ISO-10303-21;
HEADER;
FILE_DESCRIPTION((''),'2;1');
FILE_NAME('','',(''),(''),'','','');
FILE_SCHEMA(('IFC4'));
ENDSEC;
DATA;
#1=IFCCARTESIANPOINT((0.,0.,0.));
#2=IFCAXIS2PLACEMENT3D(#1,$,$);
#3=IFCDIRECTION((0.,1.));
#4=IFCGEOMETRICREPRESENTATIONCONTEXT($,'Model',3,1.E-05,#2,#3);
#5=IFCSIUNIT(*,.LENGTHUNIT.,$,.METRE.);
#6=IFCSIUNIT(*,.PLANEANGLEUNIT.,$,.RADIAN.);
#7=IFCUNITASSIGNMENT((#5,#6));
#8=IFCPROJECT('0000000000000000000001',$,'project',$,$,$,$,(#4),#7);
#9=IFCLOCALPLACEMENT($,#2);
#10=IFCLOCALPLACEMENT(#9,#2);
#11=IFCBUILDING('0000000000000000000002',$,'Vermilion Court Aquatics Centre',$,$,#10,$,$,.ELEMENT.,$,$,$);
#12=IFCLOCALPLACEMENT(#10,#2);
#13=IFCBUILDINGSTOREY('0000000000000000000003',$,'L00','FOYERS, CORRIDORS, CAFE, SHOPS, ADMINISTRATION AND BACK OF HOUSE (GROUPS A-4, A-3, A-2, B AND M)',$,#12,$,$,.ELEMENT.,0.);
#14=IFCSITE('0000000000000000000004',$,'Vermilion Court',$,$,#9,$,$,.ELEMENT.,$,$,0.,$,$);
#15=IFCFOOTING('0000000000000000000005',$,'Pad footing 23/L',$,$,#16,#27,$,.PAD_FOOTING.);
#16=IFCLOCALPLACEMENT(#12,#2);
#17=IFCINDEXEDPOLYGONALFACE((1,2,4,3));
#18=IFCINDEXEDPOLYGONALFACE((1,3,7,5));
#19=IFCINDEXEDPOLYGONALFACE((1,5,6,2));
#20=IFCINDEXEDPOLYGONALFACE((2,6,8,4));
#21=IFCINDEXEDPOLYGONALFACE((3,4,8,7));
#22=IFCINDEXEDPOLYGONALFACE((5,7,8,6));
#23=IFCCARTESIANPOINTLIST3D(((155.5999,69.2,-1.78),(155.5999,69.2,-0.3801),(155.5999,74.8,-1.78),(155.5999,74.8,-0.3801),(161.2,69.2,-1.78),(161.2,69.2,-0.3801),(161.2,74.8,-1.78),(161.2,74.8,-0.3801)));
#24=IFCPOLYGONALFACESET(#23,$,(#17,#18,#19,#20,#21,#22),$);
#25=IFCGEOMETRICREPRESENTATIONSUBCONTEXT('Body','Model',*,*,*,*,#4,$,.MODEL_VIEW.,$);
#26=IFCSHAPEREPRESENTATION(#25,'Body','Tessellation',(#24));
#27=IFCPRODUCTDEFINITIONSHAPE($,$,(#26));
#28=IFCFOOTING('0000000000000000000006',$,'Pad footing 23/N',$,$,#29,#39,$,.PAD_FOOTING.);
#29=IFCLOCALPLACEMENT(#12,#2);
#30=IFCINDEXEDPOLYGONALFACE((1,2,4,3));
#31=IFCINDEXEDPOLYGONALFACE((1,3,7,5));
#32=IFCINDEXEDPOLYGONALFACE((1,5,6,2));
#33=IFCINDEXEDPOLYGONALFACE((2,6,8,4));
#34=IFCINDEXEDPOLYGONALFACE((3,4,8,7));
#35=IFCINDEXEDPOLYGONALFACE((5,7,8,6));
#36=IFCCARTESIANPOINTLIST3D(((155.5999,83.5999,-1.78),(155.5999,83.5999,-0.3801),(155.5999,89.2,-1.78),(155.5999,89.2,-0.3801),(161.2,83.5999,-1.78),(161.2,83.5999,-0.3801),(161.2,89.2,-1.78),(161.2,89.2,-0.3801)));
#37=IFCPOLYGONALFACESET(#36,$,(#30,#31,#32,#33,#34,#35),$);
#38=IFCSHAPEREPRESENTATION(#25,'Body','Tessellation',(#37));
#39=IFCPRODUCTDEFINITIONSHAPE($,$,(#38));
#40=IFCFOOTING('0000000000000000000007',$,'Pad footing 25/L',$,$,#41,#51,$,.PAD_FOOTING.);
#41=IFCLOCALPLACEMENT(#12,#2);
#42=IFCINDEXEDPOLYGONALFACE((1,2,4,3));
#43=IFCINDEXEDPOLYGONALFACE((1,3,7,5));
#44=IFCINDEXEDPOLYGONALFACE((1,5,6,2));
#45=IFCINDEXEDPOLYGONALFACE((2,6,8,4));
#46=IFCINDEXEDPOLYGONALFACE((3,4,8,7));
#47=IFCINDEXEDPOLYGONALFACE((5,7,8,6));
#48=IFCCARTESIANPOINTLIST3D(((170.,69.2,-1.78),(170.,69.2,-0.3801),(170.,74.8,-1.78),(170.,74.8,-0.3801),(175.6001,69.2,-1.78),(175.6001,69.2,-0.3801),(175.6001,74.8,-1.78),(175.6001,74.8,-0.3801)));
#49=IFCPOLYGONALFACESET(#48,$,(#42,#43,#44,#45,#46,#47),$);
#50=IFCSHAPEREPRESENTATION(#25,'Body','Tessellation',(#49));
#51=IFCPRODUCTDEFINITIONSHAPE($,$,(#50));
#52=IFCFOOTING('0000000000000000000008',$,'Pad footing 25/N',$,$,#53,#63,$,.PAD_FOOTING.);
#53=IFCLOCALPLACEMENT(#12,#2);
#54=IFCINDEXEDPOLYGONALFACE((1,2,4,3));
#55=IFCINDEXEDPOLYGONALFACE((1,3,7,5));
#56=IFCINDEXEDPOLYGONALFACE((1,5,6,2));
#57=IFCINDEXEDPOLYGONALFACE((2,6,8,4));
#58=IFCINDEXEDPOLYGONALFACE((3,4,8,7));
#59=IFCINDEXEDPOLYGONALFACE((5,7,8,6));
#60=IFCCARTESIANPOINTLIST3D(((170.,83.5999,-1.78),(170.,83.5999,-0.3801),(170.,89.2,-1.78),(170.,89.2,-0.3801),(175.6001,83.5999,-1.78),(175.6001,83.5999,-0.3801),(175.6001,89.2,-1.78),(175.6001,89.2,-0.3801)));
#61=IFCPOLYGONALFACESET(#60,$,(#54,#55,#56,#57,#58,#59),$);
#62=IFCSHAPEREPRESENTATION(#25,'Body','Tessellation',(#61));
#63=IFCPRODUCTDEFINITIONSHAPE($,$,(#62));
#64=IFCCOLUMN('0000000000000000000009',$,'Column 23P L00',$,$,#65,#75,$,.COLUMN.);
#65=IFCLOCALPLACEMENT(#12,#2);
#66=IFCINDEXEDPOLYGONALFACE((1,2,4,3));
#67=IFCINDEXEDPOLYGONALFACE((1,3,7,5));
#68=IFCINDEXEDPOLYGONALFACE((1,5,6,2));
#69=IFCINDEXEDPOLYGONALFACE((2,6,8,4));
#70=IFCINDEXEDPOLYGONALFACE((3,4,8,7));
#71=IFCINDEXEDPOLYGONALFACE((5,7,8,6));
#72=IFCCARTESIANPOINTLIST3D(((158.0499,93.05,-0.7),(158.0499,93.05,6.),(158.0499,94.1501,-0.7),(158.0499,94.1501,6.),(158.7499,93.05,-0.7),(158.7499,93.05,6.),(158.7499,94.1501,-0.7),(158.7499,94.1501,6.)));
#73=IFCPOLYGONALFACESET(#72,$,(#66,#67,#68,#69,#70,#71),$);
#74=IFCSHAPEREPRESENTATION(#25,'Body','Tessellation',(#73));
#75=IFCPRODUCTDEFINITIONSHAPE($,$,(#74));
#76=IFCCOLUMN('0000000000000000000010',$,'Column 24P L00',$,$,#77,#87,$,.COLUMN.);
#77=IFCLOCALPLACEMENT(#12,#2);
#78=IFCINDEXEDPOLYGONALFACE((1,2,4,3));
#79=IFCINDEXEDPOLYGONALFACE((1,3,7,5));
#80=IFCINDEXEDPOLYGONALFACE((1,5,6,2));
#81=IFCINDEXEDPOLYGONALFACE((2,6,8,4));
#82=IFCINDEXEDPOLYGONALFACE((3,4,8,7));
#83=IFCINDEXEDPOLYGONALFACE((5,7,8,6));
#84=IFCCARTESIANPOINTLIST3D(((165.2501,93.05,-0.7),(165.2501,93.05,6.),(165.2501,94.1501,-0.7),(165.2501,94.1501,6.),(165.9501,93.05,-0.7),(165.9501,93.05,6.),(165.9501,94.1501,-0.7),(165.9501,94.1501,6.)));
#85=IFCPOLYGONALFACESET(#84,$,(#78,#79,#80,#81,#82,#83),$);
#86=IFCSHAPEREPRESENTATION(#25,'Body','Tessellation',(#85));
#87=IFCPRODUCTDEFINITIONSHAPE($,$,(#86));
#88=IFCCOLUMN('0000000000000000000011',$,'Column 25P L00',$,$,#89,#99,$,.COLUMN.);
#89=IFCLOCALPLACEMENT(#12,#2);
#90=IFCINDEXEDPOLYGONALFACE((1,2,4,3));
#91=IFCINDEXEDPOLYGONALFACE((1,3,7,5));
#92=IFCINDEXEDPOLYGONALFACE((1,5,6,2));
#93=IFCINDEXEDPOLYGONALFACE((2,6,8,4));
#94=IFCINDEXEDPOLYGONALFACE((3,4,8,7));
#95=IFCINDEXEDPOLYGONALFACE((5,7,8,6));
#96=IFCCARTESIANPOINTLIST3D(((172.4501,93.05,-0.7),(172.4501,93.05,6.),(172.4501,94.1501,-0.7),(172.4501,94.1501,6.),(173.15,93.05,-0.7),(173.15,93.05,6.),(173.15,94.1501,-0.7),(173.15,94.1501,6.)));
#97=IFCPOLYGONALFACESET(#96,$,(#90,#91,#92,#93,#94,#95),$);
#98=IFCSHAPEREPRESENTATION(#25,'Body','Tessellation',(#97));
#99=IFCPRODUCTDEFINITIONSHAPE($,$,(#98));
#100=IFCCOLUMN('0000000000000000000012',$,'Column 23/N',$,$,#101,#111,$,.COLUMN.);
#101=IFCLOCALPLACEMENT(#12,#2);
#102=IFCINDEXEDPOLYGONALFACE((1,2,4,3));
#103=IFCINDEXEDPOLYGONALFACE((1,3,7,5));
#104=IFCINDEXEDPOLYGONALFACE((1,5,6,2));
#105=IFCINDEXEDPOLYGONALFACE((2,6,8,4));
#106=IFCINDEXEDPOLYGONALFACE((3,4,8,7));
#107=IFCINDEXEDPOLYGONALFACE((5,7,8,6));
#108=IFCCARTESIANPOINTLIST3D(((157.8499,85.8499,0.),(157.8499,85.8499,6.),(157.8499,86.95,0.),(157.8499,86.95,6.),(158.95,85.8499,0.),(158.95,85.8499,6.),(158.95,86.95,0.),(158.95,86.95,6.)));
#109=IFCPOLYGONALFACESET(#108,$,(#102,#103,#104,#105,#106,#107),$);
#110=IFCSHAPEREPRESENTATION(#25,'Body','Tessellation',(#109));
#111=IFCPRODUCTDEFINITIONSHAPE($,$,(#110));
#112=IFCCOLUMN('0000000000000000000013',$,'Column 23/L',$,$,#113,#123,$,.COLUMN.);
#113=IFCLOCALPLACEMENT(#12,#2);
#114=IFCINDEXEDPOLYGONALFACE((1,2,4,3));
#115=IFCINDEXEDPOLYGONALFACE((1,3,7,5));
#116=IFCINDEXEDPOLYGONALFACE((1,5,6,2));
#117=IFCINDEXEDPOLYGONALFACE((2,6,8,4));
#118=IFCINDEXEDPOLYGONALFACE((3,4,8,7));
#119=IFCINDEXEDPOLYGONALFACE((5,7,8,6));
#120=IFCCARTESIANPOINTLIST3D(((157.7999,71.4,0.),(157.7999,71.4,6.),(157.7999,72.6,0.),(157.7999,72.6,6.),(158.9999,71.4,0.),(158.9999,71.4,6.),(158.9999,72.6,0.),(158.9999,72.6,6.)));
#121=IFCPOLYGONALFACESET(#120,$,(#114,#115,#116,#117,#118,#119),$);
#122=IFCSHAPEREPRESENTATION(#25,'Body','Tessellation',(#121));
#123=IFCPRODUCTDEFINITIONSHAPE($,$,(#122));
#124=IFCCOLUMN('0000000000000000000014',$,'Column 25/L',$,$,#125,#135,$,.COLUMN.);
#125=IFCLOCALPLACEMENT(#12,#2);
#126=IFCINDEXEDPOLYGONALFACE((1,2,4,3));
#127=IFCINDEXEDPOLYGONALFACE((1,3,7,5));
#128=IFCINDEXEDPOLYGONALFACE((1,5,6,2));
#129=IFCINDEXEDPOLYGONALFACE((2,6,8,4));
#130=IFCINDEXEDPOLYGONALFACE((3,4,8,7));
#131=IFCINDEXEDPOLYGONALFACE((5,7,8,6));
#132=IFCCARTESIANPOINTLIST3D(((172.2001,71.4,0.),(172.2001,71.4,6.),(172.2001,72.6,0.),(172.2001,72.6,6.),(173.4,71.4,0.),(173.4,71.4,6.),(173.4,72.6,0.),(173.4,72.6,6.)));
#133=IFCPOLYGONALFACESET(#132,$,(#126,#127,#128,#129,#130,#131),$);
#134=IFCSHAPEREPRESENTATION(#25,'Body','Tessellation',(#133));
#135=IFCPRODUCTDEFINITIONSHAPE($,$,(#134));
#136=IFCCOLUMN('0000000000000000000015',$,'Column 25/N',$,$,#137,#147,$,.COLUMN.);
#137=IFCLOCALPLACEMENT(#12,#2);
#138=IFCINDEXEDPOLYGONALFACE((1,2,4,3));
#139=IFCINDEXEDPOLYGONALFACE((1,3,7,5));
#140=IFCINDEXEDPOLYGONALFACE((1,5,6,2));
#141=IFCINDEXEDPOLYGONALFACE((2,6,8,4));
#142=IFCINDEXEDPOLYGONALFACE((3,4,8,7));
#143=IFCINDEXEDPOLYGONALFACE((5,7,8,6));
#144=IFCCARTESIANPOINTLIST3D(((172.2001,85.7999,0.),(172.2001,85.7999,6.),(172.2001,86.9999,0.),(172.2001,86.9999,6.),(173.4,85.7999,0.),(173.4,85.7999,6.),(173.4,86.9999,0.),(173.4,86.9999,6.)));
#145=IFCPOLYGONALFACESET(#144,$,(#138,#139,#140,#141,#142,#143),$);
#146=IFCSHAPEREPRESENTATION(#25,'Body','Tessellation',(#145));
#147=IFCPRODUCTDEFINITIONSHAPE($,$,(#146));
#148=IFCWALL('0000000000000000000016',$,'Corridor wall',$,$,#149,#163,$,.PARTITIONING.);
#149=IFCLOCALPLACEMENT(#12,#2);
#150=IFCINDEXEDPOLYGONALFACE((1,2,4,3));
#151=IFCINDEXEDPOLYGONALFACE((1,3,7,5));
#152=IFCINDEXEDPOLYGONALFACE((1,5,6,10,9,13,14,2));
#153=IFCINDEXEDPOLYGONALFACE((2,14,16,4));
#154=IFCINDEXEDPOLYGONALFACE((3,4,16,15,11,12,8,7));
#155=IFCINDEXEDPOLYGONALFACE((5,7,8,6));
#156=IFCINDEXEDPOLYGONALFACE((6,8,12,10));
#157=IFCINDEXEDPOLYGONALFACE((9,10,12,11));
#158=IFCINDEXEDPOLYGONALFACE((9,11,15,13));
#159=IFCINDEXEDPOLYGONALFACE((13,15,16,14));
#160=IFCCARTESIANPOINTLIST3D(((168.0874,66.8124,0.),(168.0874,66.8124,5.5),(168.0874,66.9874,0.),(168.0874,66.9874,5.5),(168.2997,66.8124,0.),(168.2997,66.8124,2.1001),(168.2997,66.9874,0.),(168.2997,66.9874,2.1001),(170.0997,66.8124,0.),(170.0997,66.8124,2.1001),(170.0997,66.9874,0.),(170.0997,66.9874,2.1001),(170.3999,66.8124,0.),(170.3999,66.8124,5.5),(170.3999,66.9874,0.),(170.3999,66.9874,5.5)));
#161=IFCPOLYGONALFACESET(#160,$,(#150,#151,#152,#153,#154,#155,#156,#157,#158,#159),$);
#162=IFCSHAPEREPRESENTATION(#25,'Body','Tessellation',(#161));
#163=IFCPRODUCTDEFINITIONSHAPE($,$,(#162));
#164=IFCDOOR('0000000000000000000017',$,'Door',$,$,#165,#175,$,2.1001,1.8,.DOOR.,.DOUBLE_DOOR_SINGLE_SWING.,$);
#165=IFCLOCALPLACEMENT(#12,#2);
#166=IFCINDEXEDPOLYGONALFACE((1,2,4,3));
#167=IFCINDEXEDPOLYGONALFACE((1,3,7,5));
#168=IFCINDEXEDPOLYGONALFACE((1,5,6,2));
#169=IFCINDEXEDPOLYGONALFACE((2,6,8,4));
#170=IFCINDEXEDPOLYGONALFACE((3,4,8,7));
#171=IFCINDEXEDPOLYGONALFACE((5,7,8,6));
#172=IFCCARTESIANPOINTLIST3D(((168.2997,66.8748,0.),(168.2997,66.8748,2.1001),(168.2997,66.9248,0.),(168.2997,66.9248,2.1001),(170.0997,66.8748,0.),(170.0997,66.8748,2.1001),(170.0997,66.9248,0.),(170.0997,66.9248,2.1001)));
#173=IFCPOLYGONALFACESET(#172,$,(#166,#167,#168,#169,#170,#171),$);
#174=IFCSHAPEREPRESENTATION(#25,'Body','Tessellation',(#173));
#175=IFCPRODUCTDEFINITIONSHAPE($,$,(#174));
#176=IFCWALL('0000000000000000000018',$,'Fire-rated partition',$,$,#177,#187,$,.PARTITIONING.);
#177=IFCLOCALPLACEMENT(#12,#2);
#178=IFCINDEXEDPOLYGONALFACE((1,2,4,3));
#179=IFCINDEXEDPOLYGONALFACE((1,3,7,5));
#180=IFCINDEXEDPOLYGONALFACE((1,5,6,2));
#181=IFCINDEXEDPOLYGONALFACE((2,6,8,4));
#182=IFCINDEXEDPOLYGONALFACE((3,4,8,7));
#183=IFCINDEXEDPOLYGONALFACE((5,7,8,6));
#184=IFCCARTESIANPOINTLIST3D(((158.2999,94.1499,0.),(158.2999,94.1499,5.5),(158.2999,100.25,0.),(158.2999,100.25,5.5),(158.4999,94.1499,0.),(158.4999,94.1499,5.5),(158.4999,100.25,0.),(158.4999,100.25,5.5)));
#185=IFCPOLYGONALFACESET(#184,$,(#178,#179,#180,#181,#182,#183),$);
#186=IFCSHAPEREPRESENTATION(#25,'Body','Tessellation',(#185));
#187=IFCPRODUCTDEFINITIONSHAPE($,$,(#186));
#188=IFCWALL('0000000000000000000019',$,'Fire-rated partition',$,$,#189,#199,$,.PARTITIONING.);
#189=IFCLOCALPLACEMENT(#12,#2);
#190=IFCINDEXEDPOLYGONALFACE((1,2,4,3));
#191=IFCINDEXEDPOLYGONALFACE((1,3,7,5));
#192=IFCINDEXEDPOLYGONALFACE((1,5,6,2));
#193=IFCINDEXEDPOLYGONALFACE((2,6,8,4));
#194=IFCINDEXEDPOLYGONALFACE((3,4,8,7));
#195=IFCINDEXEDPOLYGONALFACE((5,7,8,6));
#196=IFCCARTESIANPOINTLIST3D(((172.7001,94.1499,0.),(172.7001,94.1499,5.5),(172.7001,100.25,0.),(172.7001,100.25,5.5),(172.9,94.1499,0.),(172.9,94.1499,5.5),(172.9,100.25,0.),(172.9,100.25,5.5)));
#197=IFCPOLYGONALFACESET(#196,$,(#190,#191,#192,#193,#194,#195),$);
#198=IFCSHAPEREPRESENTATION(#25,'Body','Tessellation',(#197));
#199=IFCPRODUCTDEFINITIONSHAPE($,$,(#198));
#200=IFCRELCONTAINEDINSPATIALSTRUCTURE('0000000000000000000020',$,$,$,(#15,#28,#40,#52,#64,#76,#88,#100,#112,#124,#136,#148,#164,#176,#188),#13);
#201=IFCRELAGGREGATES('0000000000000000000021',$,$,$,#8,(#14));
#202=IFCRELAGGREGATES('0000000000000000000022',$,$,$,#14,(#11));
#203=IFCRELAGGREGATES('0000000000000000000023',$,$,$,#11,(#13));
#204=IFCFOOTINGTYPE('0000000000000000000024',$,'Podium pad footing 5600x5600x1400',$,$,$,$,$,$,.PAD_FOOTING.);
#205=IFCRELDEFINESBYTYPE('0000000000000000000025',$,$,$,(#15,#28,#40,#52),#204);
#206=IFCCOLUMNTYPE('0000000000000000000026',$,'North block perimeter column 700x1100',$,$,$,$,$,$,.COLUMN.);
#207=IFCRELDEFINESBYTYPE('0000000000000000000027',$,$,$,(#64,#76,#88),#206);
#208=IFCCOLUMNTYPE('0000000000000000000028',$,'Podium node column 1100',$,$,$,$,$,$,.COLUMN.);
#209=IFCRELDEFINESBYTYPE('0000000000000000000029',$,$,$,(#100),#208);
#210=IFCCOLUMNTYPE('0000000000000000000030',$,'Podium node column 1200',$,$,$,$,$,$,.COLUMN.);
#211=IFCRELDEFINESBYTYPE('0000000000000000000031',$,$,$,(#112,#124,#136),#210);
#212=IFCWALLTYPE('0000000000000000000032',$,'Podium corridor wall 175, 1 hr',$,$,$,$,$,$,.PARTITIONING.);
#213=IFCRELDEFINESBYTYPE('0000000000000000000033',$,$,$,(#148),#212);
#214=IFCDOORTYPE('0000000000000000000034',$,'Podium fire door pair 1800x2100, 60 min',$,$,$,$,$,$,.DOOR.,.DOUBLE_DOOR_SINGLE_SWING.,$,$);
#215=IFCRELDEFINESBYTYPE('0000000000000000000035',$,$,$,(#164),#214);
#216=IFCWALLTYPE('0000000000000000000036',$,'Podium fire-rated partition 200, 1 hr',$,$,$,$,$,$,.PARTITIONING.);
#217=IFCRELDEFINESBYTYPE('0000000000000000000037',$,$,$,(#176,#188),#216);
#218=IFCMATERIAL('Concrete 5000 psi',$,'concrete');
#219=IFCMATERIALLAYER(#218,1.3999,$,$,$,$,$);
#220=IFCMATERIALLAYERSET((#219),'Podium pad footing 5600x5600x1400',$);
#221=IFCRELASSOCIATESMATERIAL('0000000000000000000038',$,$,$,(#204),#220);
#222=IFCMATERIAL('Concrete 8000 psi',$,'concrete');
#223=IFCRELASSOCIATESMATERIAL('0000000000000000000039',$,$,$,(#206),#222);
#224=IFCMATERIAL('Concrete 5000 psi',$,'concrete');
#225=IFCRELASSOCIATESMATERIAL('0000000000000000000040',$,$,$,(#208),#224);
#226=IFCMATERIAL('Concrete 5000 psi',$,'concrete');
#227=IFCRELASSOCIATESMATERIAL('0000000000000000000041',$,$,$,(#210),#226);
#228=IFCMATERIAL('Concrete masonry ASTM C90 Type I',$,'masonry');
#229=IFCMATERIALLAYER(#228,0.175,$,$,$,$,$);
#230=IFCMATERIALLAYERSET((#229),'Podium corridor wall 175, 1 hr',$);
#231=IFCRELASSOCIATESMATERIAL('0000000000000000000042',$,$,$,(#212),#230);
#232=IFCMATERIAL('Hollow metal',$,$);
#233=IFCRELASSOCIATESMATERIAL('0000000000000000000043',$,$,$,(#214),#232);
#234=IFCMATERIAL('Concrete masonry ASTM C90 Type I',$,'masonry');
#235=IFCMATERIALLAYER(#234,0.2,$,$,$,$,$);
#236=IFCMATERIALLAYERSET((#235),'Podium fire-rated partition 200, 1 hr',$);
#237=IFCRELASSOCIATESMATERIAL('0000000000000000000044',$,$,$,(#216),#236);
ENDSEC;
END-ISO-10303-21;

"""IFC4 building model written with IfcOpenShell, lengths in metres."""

from ifc_helpers import new_model, si_unit, direction, frame, frame_2d, origin, origin_2d, place, context, subcontext, project, spatial, rectangle, extrude, material, layer, layer_set, material_profile, profile_set, type_object, element, fill, save


model = new_model("IFC4")

# Units and contexts
model_context = context("Model", 3, precision=1e-05, world=origin(), true_north=direction((0.0, 1.0)))
body_context = subcontext(model_context, "Body", "Model", "MODEL_VIEW")
ifc_project = project(units=[si_unit("LENGTHUNIT", "METRE"), si_unit("PLANEANGLEUNIT", "RADIAN")], contexts=[model_context])

# Site, building, storey
site_placement = place(None, origin())
site = spatial("IfcSite", under=ifc_project, at=site_placement, Name="Vermilion Court", CompositionType="ELEMENT", RefElevation=0.0)
building_placement = place(site_placement, origin())
building = spatial("IfcBuilding", under=site, at=building_placement, Name="Vermilion Court Aquatics Centre", CompositionType="ELEMENT")
storey_placement = place(building_placement, origin())
storey = spatial("IfcBuildingStorey", under=building, at=storey_placement, Name="L00", Description="FOYERS, CORRIDORS, CAFE, SHOPS, ADMINISTRATION AND BACK OF HOUSE (GROUPS A-4, A-3, A-2, B AND M)", CompositionType="ELEMENT", Elevation=0.0)

# Footings
ifc_material_1 = material(Name="Concrete 5000 psi", Category="concrete")
ifc_layer_1 = layer(ifc_material_1, 1.3999)
ifc_layer_set_1 = layer_set([ifc_layer_1], Name="Podium pad footing 5600x5600x1400")
footing_type = type_object("IfcFootingType", Name="Podium pad footing 5600x5600x1400", PredefinedType="PAD_FOOTING", material=ifc_layer_set_1)
for number, where, z_axis, x_axis, name in (
    (1, (158.3999, 72.0, -1.78), (0.0, 0.0, 1.0), (1.0, 0.0, 0.0), "Pad footing 23/L"),
    (2, (158.3999, 86.3999, -1.78), (0.0, 0.0, 1.0), (1.0, 0.0, 0.0), "Pad footing 23/N"),
    (3, (172.8, 72.0, -1.78), (0.0, 0.0, 1.0), (1.0, 0.0, 0.0), "Pad footing 25/L"),
    (4, (172.8, 86.3999, -1.78), (0.0, 0.0, 1.0), (1.0, 0.0, 0.0), "Pad footing 25/N"),
):
    element("IfcFooting", number, at=place(storey_placement, frame(where, z_axis=z_axis, x_axis=x_axis)), inside=storey, type_object=footing_type, Name=name, PredefinedType="PAD_FOOTING", context=body_context, shape_type="SweptSolid", body=[
        extrude(rectangle(XDim=5.6001, YDim=5.6001, at=origin_2d()), origin(), (0.0, 0.0, 1.0), 1.3999),
    ])

# Columns
ifc_material_2 = material(Name="Concrete 8000 psi", Category="concrete")
ifc_material_profile_1 = material_profile(ifc_material_2, rectangle(XDim=0.7, YDim=1.1001, at=origin_2d()), Name="RC 700x1100")
ifc_profile_set_1 = profile_set([ifc_material_profile_1], Name="Concrete 8000 psi")
column_type_1 = type_object("IfcColumnType", Name="North block perimeter column 700x1100", PredefinedType="COLUMN", material=ifc_profile_set_1)
for number, where, z_axis, x_axis, name in (
    (5, (158.3999, 93.6001, -0.7), (0.0, 0.0, 1.0), (1.0, 0.0, 0.0), "Column 23P L00"),
    (6, (165.6001, 93.6001, -0.7), (0.0, 0.0, 1.0), (1.0, 0.0, 0.0), "Column 24P L00"),
    (7, (172.8, 93.6001, -0.7), (0.0, 0.0, 1.0), (1.0, 0.0, 0.0), "Column 25P L00"),
):
    element("IfcColumn", number, at=place(storey_placement, frame(where, z_axis=z_axis, x_axis=x_axis)), inside=storey, type_object=column_type_1, Name=name, PredefinedType="COLUMN", context=body_context, shape_type="SweptSolid", body=[
        extrude(rectangle(XDim=0.7, YDim=1.1001, at=origin_2d()), origin(), (0.0, 0.0, 1.0), 6.7),
    ])
ifc_material_3 = material(Name="Concrete 5000 psi", Category="concrete")
ifc_material_profile_2 = material_profile(ifc_material_3, rectangle(XDim=1.1001, YDim=1.1001, at=origin_2d()), Name="RC 1100x1100")
ifc_profile_set_2 = profile_set([ifc_material_profile_2], Name="Concrete 5000 psi")
column_type_2 = type_object("IfcColumnType", Name="Podium node column 1100", PredefinedType="COLUMN", material=ifc_profile_set_2)
column_placement = place(storey_placement, frame((158.3999, 86.3999, 0.0), z_axis=(0.0, 0.0, 1.0), x_axis=(1.0, 0.0, 0.0)))
element("IfcColumn", 8, at=column_placement, inside=storey, type_object=column_type_2, Name="Column 23/N", PredefinedType="COLUMN", context=body_context, shape_type="SweptSolid", body=[
    extrude(rectangle(XDim=1.1001, YDim=1.1001, at=origin_2d()), origin(), (0.0, 0.0, 1.0), 6.0),
])
ifc_material_4 = material(Name="Concrete 5000 psi", Category="concrete")
ifc_material_profile_3 = material_profile(ifc_material_4, rectangle(XDim=1.2, YDim=1.2, at=origin_2d()), Name="RC 1200x1200")
ifc_profile_set_3 = profile_set([ifc_material_profile_3], Name="Concrete 5000 psi")
column_type_3 = type_object("IfcColumnType", Name="Podium node column 1200", PredefinedType="COLUMN", material=ifc_profile_set_3)
for number, where, z_axis, x_axis, name in (
    (9, (158.3999, 72.0, 0.0), (0.0, 0.0, 1.0), (1.0, 0.0, 0.0), "Column 23/L"),
    (10, (172.8, 72.0, 0.0), (0.0, 0.0, 1.0), (1.0, 0.0, 0.0), "Column 25/L"),
    (11, (172.8, 86.3999, 0.0), (0.0, 0.0, 1.0), (1.0, 0.0, 0.0), "Column 25/N"),
):
    element("IfcColumn", number, at=place(storey_placement, frame(where, z_axis=z_axis, x_axis=x_axis)), inside=storey, type_object=column_type_3, Name=name, PredefinedType="COLUMN", context=body_context, shape_type="SweptSolid", body=[
        extrude(rectangle(XDim=1.2, YDim=1.2, at=origin_2d()), origin(), (0.0, 0.0, 1.0), 6.0),
    ])

# Wall, opening, door
ifc_material_5 = material(Name="Concrete masonry ASTM C90 Type I", Category="masonry")
ifc_layer_2 = layer(ifc_material_5, 0.175)
ifc_layer_set_2 = layer_set([ifc_layer_2], Name="Podium corridor wall 175, 1 hr")
wall_type_1 = type_object("IfcWallType", Name="Podium corridor wall 175, 1 hr", PredefinedType="PARTITIONING", material=ifc_layer_set_2)
wall_1_placement = place(storey_placement, frame((168.0874, 66.8999, 0.0), z_axis=(0.0, 0.0, 1.0), x_axis=(1.0, 0.0, 0.0)))
wall_1 = element("IfcWall", 12, at=wall_1_placement, inside=storey, type_object=wall_type_1, Name="Corridor wall", PredefinedType="PARTITIONING", context=body_context, shape_type="SweptSolid", body=[
    extrude(rectangle(XDim=2.3125, YDim=0.175, at=frame_2d((1.1562, 0.0))), origin(), (0.0, 0.0, 1.0), 5.5),
])
opening_1_placement = place(wall_1_placement, frame((0.2124, 0.0, 0.0)))
opening_1 = element("IfcOpeningElement", 13, at=opening_1_placement, cuts=wall_1, PredefinedType="OPENING", context=body_context, shape_type="SweptSolid", body=[
    extrude(rectangle(XDim=1.8, YDim=2.1001, at=frame_2d((0.8999, 1.05))), frame((0.0, 0.0974, 0.0), z_axis=(0.0, -1.0, 0.0), x_axis=(1.0, 0.0, 0.0)), (0.0, 0.0, 1.0), 0.1951),
])
ifc_material_6 = material(Name="Hollow metal")
door_type_1 = type_object("IfcDoorType", Name="Podium fire door pair 1800x2100, 60 min", OperationType="DOUBLE_DOOR_SINGLE_SWING", PredefinedType="DOOR", material=ifc_material_6)
door_1_placement = place(opening_1_placement, origin())
door_1 = element("IfcDoor", 14, at=door_1_placement, inside=storey, type_object=door_type_1, Name="Door", OperationType="DOUBLE_DOOR_SINGLE_SWING", OverallHeight=2.1001, OverallWidth=1.8, PredefinedType="DOOR", context=body_context, shape_type="SweptSolid", body=[
    extrude(rectangle(XDim=1.8, YDim=2.1001, at=frame_2d((0.8999, 1.05))), frame((0.0, 0.0249, 0.0), z_axis=(0.0, -1.0, 0.0), x_axis=(1.0, 0.0, 0.0)), (0.0, 0.0, 1.0), 0.05),
])
fill(opening_1, door_1)

# Walls
ifc_material_7 = material(Name="Concrete masonry ASTM C90 Type I", Category="masonry")
ifc_layer_3 = layer(ifc_material_7, 0.2)
ifc_layer_set_3 = layer_set([ifc_layer_3], Name="Podium fire-rated partition 200, 1 hr")
wall_type_2 = type_object("IfcWallType", Name="Podium fire-rated partition 200, 1 hr", PredefinedType="PARTITIONING", material=ifc_layer_set_3)
for number, where, z_axis, x_axis, name in (
    (15, (158.3999, 94.1499, 0.0), (0.0, 0.0, 1.0), (0.0, 1.0, 0.0), "Fire-rated partition"),
    (16, (172.8, 94.1499, 0.0), (0.0, 0.0, 1.0), (0.0, 1.0, 0.0), "Fire-rated partition"),
):
    element("IfcWall", number, at=place(storey_placement, frame(where, z_axis=z_axis, x_axis=x_axis)), inside=storey, type_object=wall_type_2, Name=name, PredefinedType="PARTITIONING", context=body_context, shape_type="SweptSolid", body=[
        extrude(rectangle(XDim=6.1001, YDim=0.2, at=frame_2d((3.05, 0.0))), origin(), (0.0, 0.0, 1.0), 5.5),
    ])

save(model, "model.ifc")
